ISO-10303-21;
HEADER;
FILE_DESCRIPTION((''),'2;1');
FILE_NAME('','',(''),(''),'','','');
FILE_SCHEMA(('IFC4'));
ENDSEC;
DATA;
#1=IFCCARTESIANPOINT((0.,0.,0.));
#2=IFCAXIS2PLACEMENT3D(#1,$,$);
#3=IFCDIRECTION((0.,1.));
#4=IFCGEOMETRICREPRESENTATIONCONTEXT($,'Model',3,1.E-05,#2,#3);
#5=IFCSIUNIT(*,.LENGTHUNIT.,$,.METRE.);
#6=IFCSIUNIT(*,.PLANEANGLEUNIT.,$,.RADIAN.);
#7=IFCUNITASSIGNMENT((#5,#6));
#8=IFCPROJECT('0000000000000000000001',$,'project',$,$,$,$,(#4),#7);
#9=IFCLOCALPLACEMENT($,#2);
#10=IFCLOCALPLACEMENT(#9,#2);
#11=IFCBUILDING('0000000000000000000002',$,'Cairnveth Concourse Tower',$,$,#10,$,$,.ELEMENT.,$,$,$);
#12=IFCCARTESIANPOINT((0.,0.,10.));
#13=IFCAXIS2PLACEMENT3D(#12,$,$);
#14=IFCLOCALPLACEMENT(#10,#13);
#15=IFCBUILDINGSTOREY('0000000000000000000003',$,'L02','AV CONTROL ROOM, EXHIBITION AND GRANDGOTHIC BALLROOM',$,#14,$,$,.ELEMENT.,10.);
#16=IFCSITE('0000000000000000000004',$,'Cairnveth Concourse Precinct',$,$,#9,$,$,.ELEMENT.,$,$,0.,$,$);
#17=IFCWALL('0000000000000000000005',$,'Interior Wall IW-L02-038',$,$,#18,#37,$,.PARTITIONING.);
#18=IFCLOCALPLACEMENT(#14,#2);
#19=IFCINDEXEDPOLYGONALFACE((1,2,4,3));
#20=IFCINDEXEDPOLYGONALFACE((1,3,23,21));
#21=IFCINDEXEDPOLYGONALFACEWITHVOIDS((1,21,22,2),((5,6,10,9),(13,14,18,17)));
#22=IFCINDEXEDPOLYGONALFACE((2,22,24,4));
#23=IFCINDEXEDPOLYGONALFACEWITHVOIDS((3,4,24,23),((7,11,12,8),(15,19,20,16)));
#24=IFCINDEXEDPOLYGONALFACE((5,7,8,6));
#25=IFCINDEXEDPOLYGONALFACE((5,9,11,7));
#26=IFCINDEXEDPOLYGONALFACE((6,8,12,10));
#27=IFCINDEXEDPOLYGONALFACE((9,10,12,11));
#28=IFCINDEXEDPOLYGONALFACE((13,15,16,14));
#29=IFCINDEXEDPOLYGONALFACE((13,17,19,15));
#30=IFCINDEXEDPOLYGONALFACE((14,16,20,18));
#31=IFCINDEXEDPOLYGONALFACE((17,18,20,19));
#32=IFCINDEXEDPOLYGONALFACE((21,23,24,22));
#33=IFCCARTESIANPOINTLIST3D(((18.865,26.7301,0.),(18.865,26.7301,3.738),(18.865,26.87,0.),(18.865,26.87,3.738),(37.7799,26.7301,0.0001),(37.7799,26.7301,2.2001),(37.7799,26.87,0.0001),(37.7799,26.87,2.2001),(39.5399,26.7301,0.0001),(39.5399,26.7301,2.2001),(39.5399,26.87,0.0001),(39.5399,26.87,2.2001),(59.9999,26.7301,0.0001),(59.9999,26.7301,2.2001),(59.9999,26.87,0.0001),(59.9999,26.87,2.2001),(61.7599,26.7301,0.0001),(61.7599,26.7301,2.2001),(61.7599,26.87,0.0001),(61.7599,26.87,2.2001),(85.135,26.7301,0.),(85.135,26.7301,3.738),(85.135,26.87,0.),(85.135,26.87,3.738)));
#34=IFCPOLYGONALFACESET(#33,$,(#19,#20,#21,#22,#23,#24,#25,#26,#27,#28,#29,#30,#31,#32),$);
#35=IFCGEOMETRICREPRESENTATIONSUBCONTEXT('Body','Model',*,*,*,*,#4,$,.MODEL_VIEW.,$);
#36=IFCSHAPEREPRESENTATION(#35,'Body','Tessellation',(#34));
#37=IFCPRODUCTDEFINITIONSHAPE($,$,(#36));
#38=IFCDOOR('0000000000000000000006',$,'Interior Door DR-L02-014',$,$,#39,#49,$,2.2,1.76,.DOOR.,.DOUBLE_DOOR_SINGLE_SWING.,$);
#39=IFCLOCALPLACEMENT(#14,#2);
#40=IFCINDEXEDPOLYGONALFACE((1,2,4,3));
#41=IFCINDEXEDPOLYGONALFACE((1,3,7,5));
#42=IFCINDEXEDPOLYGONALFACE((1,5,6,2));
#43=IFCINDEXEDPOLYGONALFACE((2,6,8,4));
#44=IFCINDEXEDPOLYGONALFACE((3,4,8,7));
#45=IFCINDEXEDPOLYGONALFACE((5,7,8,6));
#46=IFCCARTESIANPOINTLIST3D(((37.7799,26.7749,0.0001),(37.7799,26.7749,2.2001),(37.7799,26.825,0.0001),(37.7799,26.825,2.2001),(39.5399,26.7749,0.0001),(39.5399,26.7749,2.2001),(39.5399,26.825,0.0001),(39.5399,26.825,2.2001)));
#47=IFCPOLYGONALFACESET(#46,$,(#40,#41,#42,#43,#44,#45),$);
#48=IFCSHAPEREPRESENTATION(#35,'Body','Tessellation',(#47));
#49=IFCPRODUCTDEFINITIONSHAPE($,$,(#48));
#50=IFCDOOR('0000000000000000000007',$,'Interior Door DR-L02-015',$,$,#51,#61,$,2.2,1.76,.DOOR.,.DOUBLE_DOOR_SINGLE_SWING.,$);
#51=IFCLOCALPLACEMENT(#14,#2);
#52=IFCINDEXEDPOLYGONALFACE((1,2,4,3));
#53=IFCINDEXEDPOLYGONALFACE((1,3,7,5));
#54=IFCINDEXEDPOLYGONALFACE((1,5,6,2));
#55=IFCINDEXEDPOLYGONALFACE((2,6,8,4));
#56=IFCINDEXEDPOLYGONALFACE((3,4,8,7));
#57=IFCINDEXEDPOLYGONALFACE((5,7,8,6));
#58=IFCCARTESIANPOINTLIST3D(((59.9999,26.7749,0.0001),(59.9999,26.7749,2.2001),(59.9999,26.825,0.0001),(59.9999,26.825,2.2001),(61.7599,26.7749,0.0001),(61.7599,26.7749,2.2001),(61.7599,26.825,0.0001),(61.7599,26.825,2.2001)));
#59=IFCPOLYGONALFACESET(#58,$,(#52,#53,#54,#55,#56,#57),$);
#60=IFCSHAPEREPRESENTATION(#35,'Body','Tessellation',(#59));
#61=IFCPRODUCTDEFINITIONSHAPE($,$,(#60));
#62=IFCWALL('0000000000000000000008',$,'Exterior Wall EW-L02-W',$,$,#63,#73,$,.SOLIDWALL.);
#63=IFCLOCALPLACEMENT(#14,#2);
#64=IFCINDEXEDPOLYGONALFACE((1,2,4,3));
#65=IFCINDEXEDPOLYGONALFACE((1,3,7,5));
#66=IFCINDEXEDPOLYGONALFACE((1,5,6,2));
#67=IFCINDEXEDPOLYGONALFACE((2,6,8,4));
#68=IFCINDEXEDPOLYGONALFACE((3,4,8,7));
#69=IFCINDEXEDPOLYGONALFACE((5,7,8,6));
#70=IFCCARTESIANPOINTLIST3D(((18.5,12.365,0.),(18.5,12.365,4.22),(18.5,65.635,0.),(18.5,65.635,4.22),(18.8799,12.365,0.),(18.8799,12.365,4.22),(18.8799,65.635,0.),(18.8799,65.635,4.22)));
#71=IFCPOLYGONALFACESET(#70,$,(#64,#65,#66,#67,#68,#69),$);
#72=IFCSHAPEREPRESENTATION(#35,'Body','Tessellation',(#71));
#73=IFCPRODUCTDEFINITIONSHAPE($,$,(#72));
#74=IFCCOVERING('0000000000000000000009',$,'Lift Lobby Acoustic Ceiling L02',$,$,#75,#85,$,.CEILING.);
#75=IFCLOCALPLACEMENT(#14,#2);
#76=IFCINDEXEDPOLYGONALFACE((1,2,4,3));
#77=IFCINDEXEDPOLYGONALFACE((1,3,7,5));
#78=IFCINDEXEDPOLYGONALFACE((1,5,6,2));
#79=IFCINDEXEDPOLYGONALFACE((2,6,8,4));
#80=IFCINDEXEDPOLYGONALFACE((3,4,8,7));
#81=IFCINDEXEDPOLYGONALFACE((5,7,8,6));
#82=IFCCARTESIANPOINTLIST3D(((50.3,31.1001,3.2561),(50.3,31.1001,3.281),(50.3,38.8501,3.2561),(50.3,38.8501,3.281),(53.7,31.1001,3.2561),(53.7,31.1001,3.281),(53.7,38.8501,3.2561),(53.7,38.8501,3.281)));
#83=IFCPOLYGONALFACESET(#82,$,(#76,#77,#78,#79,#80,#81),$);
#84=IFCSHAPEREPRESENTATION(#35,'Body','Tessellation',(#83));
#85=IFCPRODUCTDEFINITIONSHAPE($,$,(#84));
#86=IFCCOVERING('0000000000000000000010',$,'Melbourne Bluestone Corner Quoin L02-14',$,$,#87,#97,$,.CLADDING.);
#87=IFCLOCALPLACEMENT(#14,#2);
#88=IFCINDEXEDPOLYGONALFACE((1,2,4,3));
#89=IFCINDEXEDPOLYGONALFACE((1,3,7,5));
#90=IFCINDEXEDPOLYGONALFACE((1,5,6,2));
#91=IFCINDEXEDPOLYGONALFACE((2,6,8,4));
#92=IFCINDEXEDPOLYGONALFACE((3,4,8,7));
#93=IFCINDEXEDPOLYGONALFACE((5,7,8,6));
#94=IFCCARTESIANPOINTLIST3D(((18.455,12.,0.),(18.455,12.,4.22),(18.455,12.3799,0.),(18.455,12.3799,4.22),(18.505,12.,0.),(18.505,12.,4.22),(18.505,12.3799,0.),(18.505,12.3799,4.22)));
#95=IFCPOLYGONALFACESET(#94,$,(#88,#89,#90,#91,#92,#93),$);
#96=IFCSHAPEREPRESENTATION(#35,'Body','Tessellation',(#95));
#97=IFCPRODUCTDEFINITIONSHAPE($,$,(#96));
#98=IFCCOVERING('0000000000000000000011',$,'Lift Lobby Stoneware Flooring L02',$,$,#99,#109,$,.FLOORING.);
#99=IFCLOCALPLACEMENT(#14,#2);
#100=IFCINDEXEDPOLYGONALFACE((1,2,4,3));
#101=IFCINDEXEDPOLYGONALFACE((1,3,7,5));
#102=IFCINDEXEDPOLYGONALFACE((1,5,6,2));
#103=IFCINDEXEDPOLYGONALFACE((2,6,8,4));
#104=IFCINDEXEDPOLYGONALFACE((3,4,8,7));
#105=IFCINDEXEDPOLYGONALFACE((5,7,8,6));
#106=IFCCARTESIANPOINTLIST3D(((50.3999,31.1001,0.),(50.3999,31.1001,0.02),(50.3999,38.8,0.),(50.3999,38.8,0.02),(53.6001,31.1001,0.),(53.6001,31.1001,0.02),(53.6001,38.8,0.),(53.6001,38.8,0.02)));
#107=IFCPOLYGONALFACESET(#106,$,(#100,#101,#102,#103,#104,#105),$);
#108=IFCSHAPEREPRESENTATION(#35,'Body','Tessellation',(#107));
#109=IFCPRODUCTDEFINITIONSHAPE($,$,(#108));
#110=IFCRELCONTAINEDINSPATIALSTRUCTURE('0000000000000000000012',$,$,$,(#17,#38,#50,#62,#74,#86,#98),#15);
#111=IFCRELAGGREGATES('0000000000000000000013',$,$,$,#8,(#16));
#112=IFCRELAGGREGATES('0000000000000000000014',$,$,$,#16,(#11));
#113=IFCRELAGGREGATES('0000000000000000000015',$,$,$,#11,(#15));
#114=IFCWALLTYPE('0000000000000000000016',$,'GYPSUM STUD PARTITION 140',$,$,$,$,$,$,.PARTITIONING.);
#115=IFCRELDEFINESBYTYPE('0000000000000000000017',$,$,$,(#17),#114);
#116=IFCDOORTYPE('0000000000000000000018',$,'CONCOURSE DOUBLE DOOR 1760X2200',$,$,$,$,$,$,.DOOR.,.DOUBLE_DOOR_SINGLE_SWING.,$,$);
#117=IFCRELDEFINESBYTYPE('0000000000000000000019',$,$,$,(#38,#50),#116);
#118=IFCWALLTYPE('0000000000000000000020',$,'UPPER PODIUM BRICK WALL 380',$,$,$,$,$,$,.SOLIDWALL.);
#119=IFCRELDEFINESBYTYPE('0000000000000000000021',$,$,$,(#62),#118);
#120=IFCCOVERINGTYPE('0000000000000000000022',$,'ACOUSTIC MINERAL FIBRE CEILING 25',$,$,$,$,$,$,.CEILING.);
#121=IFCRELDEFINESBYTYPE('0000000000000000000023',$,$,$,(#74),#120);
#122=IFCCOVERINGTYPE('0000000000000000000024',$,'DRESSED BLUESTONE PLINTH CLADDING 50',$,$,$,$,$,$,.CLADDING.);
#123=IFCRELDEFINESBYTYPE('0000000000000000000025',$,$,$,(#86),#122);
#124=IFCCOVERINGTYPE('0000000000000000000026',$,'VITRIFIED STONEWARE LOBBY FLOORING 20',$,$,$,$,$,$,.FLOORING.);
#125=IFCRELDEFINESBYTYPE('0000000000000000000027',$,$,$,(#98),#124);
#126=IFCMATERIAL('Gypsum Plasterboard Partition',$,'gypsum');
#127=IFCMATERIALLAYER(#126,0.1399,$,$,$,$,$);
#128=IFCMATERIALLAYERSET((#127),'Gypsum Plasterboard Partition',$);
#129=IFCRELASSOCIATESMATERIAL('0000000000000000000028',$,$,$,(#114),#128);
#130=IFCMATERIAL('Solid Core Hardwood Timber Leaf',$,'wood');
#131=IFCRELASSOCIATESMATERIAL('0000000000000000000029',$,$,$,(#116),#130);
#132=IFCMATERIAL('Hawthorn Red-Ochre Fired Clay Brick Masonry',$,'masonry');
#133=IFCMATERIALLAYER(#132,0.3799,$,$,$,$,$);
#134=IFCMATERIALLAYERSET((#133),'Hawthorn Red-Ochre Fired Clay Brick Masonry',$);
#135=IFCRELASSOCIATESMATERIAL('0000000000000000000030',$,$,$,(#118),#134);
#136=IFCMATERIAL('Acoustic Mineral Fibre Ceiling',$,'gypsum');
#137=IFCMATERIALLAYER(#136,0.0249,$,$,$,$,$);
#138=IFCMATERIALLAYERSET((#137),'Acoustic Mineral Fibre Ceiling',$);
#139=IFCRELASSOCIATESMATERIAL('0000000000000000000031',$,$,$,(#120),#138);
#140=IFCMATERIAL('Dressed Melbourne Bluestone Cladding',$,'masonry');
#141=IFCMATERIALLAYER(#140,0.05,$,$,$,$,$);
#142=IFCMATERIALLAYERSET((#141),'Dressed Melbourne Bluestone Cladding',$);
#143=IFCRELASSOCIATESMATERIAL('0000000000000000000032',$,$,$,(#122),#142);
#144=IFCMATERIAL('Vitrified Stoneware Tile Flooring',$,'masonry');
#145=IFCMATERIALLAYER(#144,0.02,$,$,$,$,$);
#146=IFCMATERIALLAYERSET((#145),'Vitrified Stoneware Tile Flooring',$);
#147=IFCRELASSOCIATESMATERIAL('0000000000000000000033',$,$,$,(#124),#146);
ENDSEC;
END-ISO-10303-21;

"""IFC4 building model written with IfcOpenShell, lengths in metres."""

from ifc_helpers import new_model, si_unit, direction, frame, frame_2d, origin, place, context, subcontext, project, spatial, polyline, rectangle, outline, extrude, material, layer, layer_set, type_object, element, fill, save


model = new_model("IFC4")

# Units and contexts
model_context = context("Model", 3, precision=1e-05, world=origin(), true_north=direction((0.0, 1.0)))
body_context = subcontext(model_context, "Body", "Model", "MODEL_VIEW")
ifc_project = project(units=[si_unit("LENGTHUNIT", "METRE"), si_unit("PLANEANGLEUNIT", "RADIAN")], contexts=[model_context])

# Site, building, storey
site_placement = place(None, origin())
site = spatial("IfcSite", under=ifc_project, at=site_placement, Name="Cairnveth Concourse Precinct", CompositionType="ELEMENT", RefElevation=0.0)
building_placement = place(site_placement, origin())
building = spatial("IfcBuilding", under=site, at=building_placement, Name="Cairnveth Concourse Tower", CompositionType="ELEMENT")
storey_placement = place(building_placement, frame((0.0, 0.0, 10.0)))
storey = spatial("IfcBuildingStorey", under=building, at=storey_placement, Name="L02", Description="AV CONTROL ROOM, EXHIBITION AND GRANDGOTHIC BALLROOM", CompositionType="ELEMENT", Elevation=10.0)

# Wall, openings, doors
ifc_material_1 = material(Name="Gypsum Plasterboard Partition", Category="gypsum")
ifc_layer_1 = layer(ifc_material_1, 0.1399)
ifc_layer_set_1 = layer_set([ifc_layer_1], Name="Gypsum Plasterboard Partition")
wall_type_1 = type_object("IfcWallType", Name="GYPSUM STUD PARTITION 140", PredefinedType="PARTITIONING", material=ifc_layer_set_1)
wall_1_placement = place(storey_placement, frame((18.865, 26.8, 0.0), z_axis=(0.0, 0.0, 1.0), x_axis=(1.0, 0.0, 0.0)))
wall_1 = element("IfcWall", 1, at=wall_1_placement, inside=storey, type_object=wall_type_1, Name="Interior Wall IW-L02-038", PredefinedType="PARTITIONING", context=body_context, shape_type="SweptSolid", body=[
    extrude(rectangle(XDim=66.27, YDim=0.1399, at=frame_2d((33.135, 0.0))), origin(), (0.0, 0.0, 1.0), 3.738),
])
opening_1_placement = place(wall_1_placement, frame((18.915, 0.0, 0.0)))
opening_1 = element("IfcOpeningElement", 2, at=opening_1_placement, cuts=wall_1, PredefinedType="OPENING", context=body_context, shape_type="SweptSolid", body=[
    extrude(rectangle(XDim=1.76, YDim=2.2, at=frame_2d((0.8799, 1.1001))), frame((0.0, 0.0798, 0.0), z_axis=(0.0, -1.0, 0.0), x_axis=(1.0, 0.0, 0.0)), (0.0, 0.0, 1.0), 0.1599),
])
opening_2_placement = place(wall_1_placement, frame((41.135, 0.0, 0.0)))
opening_2 = element("IfcOpeningElement", 3, at=opening_2_placement, cuts=wall_1, PredefinedType="OPENING", context=body_context, shape_type="SweptSolid", body=[
    extrude(rectangle(XDim=1.76, YDim=2.2, at=frame_2d((0.8799, 1.1001))), frame((0.0, 0.0798, 0.0), z_axis=(0.0, -1.0, 0.0), x_axis=(1.0, 0.0, 0.0)), (0.0, 0.0, 1.0), 0.1599),
])
ifc_material_2 = material(Name="Solid Core Hardwood Timber Leaf", Category="wood")
door_type = type_object("IfcDoorType", Name="CONCOURSE DOUBLE DOOR 1760X2200", OperationType="DOUBLE_DOOR_SINGLE_SWING", PredefinedType="DOOR", material=ifc_material_2)
door_1_placement = place(opening_1_placement, origin())
door_1 = element("IfcDoor", 4, at=door_1_placement, inside=storey, type_object=door_type, Name="Interior Door DR-L02-014", OperationType="DOUBLE_DOOR_SINGLE_SWING", OverallHeight=2.2, OverallWidth=1.76, PredefinedType="DOOR", context=body_context, shape_type="SweptSolid", body=[
    extrude(rectangle(XDim=1.76, YDim=2.2, at=frame_2d((0.8799, 1.1001))), frame((0.0, 0.0249, 0.0), z_axis=(0.0, -1.0, 0.0), x_axis=(1.0, 0.0, 0.0)), (0.0, 0.0, 1.0), 0.05),
])
fill(opening_1, door_1)
door_2_placement = place(opening_2_placement, origin())
door_2 = element("IfcDoor", 5, at=door_2_placement, inside=storey, type_object=door_type, Name="Interior Door DR-L02-015", OperationType="DOUBLE_DOOR_SINGLE_SWING", OverallHeight=2.2, OverallWidth=1.76, PredefinedType="DOOR", context=body_context, shape_type="SweptSolid", body=[
    extrude(rectangle(XDim=1.76, YDim=2.2, at=frame_2d((0.8799, 1.1001))), frame((0.0, 0.0249, 0.0), z_axis=(0.0, -1.0, 0.0), x_axis=(1.0, 0.0, 0.0)), (0.0, 0.0, 1.0), 0.05),
])
fill(opening_2, door_2)

# Wall
ifc_material_3 = material(Name="Hawthorn Red-Ochre Fired Clay Brick Masonry", Category="masonry")
ifc_layer_2 = layer(ifc_material_3, 0.3799)
ifc_layer_set_2 = layer_set([ifc_layer_2], Name="Hawthorn Red-Ochre Fired Clay Brick Masonry")
wall_type_2 = type_object("IfcWallType", Name="UPPER PODIUM BRICK WALL 380", PredefinedType="SOLIDWALL", material=ifc_layer_set_2)
wall_2_placement = place(storey_placement, frame((18.6899, 12.365, 0.0), z_axis=(0.0, 0.0, 1.0), x_axis=(0.0, 1.0, 0.0)))
element("IfcWall", 6, at=wall_2_placement, inside=storey, type_object=wall_type_2, Name="Exterior Wall EW-L02-W", PredefinedType="SOLIDWALL", context=body_context, shape_type="SweptSolid", body=[
    extrude(rectangle(XDim=53.27, YDim=0.3799, at=frame_2d((26.635, 0.0))), origin(), (0.0, 0.0, 1.0), 4.22),
])

# Coverings
ifc_material_4 = material(Name="Acoustic Mineral Fibre Ceiling", Category="gypsum")
ifc_layer_3 = layer(ifc_material_4, 0.0249)
ifc_layer_set_3 = layer_set([ifc_layer_3], Name="Acoustic Mineral Fibre Ceiling")
covering_type_1 = type_object("IfcCoveringType", Name="ACOUSTIC MINERAL FIBRE CEILING 25", PredefinedType="CEILING", material=ifc_layer_set_3)
covering_1_placement = place(storey_placement, frame((0.0, 0.0, 3.2561)))
element("IfcCovering", 7, at=covering_1_placement, inside=storey, type_object=covering_type_1, Name="Lift Lobby Acoustic Ceiling L02", PredefinedType="CEILING", context=body_context, shape_type="SweptSolid", body=[
    extrude(outline(polyline([(50.3, 31.1001), (53.7, 31.1001), (53.7, 38.8501), (50.3, 38.8501), (50.3, 31.1001)])), origin(), (0.0, 0.0, 1.0), 0.0249),
])
ifc_material_5 = material(Name="Dressed Melbourne Bluestone Cladding", Category="masonry")
ifc_layer_4 = layer(ifc_material_5, 0.05)
ifc_layer_set_4 = layer_set([ifc_layer_4], Name="Dressed Melbourne Bluestone Cladding")
covering_type_2 = type_object("IfcCoveringType", Name="DRESSED BLUESTONE PLINTH CLADDING 50", PredefinedType="CLADDING", material=ifc_layer_set_4)
covering_2_placement = place(storey_placement, frame((18.48, 12.3799, 0.0), z_axis=(0.0, 0.0, 1.0), x_axis=(0.0, -1.0, 0.0)))
element("IfcCovering", 8, at=covering_2_placement, inside=storey, type_object=covering_type_2, Name="Melbourne Bluestone Corner Quoin L02-14", PredefinedType="CLADDING", context=body_context, shape_type="SweptSolid", body=[
    extrude(rectangle(XDim=0.3799, YDim=0.05, at=frame_2d((0.1899, 0.0))), origin(), (0.0, 0.0, 1.0), 4.22),
])
ifc_material_6 = material(Name="Vitrified Stoneware Tile Flooring", Category="masonry")
ifc_layer_5 = layer(ifc_material_6, 0.02)
ifc_layer_set_5 = layer_set([ifc_layer_5], Name="Vitrified Stoneware Tile Flooring")
covering_type_3 = type_object("IfcCoveringType", Name="VITRIFIED STONEWARE LOBBY FLOORING 20", PredefinedType="FLOORING", material=ifc_layer_set_5)
covering_3_placement = place(storey_placement, origin())
element("IfcCovering", 9, at=covering_3_placement, inside=storey, type_object=covering_type_3, Name="Lift Lobby Stoneware Flooring L02", PredefinedType="FLOORING", context=body_context, shape_type="SweptSolid", body=[
    extrude(outline(polyline([(50.3999, 31.1001), (53.6001, 31.1001), (53.6001, 38.8), (50.3999, 38.8), (50.3999, 31.1001)])), origin(), (0.0, 0.0, 1.0), 0.02),
])

save(model, "model.ifc")
